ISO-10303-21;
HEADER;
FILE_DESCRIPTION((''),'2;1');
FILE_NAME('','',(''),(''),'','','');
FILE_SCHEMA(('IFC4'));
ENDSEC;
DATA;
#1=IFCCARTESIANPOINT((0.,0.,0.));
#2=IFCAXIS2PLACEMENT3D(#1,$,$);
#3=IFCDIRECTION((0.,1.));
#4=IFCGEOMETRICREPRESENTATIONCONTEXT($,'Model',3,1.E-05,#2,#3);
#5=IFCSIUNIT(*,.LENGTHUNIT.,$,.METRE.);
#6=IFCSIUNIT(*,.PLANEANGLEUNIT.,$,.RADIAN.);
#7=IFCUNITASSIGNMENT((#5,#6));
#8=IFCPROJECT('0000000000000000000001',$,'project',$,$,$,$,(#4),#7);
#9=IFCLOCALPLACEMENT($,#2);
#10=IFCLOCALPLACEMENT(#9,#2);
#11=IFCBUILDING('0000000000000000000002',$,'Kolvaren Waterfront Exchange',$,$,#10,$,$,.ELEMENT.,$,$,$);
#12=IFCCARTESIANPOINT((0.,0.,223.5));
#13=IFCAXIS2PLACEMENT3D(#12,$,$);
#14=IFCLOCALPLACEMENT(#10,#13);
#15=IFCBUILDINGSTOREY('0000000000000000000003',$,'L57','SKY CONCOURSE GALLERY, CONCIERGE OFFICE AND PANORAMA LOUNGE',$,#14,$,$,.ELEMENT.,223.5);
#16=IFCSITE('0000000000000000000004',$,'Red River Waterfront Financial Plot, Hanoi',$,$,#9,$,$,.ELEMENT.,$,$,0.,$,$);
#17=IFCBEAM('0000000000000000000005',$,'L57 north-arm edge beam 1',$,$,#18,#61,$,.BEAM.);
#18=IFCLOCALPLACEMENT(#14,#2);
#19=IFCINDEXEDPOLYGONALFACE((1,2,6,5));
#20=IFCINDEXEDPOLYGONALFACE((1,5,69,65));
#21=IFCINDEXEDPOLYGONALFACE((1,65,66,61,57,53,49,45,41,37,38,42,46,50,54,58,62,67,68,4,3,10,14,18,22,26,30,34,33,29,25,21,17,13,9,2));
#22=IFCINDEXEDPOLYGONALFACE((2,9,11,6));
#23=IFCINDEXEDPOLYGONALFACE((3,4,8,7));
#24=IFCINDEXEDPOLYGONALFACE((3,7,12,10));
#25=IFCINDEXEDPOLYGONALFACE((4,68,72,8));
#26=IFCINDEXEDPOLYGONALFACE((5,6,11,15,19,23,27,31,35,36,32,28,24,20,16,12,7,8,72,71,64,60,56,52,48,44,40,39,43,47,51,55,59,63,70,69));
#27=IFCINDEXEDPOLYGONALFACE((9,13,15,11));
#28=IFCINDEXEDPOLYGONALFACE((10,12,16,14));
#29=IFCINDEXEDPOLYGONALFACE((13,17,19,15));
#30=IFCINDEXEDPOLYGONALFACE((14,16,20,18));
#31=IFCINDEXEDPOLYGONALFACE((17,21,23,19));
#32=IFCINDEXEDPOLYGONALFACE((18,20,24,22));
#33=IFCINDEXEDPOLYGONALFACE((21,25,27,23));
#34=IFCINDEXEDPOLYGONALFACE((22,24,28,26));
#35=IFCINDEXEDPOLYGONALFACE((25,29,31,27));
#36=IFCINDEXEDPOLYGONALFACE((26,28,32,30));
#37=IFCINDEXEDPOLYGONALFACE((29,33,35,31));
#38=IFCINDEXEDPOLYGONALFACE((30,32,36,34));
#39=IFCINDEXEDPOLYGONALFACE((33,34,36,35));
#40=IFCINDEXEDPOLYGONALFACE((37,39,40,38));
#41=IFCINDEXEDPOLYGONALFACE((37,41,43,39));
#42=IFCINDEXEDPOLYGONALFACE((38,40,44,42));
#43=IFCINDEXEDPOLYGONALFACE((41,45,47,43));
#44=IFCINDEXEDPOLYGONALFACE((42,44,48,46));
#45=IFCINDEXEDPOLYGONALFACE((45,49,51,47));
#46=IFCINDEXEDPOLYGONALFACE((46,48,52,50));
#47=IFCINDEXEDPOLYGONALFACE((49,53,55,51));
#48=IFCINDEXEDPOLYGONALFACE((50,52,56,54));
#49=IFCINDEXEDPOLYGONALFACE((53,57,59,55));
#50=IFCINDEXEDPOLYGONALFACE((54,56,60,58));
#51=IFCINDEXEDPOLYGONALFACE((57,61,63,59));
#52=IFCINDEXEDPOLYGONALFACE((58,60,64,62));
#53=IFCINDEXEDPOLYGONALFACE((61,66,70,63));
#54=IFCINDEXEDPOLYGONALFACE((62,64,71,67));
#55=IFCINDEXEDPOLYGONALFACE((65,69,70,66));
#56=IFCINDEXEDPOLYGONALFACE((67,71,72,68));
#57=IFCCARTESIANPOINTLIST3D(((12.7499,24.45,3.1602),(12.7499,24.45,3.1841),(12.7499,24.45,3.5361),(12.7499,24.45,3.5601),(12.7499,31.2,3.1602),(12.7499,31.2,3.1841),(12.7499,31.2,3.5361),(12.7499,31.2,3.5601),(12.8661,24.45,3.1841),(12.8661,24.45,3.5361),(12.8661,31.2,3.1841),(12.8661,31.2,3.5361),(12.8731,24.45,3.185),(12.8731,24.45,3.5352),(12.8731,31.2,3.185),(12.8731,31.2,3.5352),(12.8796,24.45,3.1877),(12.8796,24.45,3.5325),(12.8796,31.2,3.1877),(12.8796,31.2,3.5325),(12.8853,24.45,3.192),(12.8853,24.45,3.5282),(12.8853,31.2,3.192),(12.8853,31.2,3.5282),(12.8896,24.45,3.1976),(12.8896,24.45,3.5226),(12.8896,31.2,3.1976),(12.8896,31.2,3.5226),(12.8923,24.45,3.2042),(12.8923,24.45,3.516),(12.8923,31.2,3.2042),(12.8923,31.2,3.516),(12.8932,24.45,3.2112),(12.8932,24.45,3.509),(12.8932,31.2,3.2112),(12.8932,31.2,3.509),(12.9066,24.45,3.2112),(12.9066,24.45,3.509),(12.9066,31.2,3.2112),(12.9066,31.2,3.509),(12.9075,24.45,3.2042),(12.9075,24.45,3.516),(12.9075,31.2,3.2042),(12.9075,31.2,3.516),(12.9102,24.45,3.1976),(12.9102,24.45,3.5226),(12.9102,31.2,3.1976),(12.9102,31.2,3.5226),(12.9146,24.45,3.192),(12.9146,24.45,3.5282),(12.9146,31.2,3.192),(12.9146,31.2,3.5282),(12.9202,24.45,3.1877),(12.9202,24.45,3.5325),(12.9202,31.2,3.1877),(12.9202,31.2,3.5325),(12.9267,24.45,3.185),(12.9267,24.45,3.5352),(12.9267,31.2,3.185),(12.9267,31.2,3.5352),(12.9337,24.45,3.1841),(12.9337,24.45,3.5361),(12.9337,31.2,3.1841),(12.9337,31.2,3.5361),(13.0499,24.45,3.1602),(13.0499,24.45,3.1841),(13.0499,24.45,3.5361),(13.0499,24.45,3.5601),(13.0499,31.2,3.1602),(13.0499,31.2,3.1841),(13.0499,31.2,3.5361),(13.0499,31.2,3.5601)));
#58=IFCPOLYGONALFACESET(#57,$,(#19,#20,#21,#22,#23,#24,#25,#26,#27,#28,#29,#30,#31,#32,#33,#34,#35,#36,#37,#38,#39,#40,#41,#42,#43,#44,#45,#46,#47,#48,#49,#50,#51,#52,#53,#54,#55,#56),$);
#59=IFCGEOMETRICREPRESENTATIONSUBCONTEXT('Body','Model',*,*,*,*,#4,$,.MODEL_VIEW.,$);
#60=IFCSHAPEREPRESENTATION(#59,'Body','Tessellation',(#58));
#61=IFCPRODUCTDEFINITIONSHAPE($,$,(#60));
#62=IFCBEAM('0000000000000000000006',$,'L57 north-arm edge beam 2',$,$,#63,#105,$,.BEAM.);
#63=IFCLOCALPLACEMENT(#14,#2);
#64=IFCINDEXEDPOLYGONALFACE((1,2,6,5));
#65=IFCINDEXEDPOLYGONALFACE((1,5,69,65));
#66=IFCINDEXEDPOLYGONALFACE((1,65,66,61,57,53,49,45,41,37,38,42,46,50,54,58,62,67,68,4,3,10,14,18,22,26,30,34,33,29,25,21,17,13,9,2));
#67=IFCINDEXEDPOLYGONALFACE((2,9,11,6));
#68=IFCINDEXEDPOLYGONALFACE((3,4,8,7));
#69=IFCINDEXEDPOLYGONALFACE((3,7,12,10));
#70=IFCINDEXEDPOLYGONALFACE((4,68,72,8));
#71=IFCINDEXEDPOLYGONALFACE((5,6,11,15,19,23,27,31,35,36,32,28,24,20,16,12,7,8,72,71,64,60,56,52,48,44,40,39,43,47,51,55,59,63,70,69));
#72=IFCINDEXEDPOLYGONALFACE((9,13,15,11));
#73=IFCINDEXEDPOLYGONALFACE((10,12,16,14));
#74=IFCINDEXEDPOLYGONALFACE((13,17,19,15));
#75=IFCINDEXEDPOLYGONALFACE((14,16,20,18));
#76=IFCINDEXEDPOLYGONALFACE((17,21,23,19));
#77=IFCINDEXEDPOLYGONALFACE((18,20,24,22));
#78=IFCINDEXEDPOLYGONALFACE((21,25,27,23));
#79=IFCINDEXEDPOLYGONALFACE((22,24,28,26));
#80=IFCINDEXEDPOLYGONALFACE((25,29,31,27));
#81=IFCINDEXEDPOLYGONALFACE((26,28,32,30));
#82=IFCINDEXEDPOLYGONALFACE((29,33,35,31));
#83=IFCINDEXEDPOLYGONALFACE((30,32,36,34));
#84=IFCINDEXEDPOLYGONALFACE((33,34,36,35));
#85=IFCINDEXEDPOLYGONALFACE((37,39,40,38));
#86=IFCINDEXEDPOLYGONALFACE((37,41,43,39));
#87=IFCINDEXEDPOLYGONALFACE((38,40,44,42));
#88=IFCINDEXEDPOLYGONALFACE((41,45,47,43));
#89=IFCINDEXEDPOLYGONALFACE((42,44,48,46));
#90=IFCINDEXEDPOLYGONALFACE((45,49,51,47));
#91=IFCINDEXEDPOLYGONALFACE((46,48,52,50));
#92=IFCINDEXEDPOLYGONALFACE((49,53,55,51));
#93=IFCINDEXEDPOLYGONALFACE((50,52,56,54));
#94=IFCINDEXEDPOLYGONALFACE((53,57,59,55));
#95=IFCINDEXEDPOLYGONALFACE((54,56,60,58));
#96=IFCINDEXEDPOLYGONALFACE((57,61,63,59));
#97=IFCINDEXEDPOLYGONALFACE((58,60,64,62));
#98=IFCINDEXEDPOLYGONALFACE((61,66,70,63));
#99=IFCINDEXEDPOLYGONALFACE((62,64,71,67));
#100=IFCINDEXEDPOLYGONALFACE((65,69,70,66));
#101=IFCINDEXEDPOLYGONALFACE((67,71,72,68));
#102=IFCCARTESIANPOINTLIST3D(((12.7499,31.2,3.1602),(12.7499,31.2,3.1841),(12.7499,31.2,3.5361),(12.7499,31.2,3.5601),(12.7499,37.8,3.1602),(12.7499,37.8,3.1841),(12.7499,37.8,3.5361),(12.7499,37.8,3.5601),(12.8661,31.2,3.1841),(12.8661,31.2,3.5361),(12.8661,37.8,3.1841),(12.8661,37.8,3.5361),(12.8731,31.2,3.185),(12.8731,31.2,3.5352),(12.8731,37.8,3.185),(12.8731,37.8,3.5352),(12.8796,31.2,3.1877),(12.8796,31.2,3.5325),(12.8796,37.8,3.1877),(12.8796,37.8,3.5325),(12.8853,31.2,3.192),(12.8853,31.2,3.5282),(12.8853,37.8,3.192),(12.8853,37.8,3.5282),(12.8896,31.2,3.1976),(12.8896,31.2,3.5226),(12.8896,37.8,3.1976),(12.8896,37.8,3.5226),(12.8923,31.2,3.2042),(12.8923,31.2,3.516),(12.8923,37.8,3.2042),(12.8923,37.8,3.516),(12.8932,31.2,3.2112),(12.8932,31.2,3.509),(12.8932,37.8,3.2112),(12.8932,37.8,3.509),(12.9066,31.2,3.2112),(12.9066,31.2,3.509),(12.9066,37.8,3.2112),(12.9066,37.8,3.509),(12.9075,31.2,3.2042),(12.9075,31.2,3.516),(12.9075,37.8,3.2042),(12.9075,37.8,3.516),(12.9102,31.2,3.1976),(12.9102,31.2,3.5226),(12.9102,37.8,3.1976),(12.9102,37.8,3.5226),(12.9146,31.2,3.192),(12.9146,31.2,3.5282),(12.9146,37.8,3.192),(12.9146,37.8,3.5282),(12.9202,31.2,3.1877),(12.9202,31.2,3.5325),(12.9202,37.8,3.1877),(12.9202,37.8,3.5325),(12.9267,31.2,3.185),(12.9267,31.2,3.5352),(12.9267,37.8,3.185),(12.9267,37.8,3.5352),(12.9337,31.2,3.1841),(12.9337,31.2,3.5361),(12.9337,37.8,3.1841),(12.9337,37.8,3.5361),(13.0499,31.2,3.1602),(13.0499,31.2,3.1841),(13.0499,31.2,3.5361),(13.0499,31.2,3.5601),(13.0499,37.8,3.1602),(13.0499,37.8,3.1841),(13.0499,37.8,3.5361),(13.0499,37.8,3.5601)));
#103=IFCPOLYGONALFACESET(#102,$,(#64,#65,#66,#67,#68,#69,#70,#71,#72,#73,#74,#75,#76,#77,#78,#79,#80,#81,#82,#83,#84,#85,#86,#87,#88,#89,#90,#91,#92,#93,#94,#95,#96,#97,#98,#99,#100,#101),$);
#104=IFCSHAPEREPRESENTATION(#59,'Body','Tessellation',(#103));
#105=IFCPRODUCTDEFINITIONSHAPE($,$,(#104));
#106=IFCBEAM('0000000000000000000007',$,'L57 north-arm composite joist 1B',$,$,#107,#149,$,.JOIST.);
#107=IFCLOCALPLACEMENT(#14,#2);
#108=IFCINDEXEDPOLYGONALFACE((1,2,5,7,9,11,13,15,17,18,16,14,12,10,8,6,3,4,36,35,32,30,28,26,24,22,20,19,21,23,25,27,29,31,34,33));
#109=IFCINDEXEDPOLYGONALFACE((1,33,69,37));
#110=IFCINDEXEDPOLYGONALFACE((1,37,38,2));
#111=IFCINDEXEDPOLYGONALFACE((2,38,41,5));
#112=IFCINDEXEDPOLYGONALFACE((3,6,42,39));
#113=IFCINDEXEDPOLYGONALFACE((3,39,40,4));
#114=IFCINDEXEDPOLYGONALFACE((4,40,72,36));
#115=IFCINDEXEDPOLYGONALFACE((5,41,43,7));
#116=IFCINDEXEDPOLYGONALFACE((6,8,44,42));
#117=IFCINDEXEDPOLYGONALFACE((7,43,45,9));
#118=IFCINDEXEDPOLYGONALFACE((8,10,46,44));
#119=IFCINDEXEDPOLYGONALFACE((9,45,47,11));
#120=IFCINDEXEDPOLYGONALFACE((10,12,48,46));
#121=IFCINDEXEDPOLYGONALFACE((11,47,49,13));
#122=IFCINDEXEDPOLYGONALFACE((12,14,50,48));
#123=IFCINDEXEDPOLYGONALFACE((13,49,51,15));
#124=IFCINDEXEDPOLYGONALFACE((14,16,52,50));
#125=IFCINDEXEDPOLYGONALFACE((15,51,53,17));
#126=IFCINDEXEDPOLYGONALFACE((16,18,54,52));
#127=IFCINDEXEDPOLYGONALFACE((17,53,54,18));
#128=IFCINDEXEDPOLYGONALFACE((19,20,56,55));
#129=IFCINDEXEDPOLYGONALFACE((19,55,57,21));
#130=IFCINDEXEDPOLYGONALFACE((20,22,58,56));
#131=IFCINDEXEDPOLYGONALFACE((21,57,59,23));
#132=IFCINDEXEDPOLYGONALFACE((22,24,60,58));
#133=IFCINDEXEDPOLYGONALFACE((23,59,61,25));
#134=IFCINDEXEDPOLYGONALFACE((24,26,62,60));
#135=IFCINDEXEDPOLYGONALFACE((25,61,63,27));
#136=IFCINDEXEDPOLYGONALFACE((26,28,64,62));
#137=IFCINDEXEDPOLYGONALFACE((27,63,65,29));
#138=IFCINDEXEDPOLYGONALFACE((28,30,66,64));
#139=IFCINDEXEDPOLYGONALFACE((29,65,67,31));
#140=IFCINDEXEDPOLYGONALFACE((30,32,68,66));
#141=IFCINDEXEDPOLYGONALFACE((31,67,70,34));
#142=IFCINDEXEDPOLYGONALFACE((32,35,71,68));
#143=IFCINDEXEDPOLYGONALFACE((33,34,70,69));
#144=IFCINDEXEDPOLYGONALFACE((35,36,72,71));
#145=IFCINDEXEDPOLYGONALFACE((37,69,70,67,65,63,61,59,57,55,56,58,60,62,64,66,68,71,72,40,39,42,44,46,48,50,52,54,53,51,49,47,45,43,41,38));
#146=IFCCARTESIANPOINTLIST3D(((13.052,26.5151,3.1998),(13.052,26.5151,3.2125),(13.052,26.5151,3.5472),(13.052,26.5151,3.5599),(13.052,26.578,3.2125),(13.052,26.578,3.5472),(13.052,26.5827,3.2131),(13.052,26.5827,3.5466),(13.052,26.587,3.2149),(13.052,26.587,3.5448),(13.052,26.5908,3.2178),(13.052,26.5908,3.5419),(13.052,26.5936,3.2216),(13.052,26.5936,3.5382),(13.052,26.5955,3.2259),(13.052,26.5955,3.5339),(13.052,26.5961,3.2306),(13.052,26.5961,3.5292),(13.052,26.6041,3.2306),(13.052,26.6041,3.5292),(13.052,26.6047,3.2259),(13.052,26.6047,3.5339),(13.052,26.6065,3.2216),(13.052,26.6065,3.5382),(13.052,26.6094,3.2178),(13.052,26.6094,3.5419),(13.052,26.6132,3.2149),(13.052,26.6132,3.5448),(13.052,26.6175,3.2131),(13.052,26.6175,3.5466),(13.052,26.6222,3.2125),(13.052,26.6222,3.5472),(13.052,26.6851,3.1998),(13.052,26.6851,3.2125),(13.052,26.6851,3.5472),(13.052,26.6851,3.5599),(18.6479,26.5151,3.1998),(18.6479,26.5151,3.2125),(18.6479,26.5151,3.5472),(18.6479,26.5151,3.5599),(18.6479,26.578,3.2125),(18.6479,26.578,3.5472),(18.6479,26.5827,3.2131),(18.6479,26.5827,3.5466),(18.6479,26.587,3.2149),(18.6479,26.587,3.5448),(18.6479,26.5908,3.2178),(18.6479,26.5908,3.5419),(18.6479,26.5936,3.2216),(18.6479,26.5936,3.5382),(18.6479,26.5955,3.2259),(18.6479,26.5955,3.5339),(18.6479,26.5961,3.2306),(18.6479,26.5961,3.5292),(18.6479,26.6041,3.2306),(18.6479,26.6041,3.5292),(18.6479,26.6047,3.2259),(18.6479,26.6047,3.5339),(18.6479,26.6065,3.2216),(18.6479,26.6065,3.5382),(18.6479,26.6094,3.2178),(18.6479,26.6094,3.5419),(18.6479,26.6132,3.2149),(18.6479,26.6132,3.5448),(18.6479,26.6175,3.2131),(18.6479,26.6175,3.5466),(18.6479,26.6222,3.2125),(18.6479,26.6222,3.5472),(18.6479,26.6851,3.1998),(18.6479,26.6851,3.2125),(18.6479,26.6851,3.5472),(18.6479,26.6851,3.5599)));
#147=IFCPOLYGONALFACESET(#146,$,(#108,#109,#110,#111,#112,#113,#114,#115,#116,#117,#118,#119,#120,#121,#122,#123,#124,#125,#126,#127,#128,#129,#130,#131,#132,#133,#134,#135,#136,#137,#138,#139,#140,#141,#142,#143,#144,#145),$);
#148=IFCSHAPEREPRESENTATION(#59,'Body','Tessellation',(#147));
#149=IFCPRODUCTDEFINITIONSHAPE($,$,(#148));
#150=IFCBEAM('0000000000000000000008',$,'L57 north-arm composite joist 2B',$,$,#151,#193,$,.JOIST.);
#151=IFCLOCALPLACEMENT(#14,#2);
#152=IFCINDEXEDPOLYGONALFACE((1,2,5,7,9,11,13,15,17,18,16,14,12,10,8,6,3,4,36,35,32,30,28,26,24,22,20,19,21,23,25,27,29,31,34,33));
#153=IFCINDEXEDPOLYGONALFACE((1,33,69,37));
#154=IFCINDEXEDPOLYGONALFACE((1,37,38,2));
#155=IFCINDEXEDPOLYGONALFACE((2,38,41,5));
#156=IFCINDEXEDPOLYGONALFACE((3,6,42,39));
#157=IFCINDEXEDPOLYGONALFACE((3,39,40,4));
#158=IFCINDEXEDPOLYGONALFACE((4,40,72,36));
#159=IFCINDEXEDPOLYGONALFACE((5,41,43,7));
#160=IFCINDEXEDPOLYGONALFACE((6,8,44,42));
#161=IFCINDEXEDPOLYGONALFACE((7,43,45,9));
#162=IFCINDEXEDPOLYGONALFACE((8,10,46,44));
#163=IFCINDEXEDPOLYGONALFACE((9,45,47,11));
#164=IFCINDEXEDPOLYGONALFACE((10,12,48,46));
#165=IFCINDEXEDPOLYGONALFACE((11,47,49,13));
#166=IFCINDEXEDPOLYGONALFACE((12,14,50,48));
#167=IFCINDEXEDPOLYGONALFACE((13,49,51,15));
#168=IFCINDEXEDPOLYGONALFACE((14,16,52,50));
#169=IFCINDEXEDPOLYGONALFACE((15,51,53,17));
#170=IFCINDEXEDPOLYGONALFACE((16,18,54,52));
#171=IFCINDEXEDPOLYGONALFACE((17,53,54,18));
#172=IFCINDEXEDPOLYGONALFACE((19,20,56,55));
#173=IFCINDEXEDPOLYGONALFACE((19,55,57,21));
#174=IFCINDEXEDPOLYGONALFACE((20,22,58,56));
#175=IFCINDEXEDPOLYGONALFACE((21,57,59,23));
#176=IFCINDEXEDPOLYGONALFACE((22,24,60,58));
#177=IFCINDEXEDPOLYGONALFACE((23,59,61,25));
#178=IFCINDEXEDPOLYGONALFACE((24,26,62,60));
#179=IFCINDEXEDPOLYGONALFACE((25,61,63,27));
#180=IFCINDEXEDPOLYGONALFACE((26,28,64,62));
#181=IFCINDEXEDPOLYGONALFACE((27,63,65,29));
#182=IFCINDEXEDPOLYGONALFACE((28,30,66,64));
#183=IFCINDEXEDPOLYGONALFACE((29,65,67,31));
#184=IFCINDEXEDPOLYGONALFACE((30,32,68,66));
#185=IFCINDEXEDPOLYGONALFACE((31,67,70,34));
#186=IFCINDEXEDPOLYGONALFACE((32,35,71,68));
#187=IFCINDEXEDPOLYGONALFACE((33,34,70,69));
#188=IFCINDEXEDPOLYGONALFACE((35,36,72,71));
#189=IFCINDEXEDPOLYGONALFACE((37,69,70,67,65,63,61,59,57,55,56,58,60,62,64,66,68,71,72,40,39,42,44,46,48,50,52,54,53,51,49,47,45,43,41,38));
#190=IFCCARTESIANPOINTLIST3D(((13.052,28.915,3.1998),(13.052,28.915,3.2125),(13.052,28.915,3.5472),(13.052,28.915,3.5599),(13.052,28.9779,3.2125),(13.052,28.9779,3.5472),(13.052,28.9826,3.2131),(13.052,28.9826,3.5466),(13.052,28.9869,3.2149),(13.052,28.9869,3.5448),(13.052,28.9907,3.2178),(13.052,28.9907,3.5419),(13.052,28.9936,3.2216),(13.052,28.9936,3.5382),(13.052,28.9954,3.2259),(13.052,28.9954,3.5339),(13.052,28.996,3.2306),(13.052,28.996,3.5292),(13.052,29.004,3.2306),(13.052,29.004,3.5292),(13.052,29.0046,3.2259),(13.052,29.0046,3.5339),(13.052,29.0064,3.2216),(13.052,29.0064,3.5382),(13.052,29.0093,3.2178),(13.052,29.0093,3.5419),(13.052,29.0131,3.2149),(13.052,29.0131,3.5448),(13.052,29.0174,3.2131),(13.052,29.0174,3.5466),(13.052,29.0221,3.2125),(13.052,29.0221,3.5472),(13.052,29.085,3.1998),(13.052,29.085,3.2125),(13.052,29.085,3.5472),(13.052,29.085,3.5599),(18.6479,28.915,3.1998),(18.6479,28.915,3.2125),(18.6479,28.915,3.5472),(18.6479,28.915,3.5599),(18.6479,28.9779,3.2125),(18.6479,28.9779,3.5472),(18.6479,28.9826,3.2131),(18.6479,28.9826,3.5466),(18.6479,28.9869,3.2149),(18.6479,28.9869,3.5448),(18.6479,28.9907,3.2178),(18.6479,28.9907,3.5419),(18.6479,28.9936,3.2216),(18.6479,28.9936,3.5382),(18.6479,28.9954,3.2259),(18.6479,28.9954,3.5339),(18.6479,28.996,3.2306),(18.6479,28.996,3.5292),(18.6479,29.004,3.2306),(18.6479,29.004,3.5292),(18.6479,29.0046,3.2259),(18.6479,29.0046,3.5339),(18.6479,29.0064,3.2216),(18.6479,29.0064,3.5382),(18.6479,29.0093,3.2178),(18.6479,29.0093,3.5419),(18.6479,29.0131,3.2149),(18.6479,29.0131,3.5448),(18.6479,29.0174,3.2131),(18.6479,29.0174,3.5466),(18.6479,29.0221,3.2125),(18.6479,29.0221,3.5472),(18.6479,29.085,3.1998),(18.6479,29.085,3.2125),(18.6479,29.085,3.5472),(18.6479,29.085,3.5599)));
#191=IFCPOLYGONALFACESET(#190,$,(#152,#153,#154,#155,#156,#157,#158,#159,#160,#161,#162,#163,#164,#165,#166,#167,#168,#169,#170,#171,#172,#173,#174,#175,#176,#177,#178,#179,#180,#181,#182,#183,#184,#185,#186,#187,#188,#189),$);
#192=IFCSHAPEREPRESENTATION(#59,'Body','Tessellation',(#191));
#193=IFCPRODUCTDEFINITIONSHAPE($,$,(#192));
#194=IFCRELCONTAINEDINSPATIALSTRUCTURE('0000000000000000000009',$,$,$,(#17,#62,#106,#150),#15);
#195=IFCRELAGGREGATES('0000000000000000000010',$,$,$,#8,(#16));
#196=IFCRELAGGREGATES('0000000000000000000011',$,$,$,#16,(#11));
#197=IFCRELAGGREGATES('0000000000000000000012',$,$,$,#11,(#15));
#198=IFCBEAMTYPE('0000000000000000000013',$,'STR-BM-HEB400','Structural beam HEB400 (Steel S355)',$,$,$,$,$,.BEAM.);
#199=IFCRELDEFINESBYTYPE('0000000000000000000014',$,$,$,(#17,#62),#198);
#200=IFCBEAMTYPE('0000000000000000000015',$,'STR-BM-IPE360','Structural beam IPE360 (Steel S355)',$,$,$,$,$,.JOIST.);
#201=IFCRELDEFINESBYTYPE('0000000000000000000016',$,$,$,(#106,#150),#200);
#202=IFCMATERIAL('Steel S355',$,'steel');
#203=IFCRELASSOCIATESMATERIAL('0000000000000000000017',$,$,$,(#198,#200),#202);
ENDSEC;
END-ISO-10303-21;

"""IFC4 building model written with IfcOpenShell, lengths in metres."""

from ifc_helpers import new_model, si_unit, direction, frame, origin, origin_2d, place, context, subcontext, project, spatial, i_section, extrude, material, material_profile, profile_set, type_object, element, save


model = new_model("IFC4")

# Units and contexts
model_context = context("Model", 3, precision=1e-05, world=origin(), true_north=direction((0.0, 1.0)))
body_context = subcontext(model_context, "Body", "Model", "MODEL_VIEW")
ifc_project = project(units=[si_unit("LENGTHUNIT", "METRE"), si_unit("PLANEANGLEUNIT", "RADIAN")], contexts=[model_context])

# Site, building, storey
site_placement = place(None, origin())
site = spatial("IfcSite", under=ifc_project, at=site_placement, Name="Red River Waterfront Financial Plot, Hanoi", CompositionType="ELEMENT", RefElevation=0.0)
building_placement = place(site_placement, origin())
building = spatial("IfcBuilding", under=site, at=building_placement, Name="Kolvaren Waterfront Exchange", CompositionType="ELEMENT")
storey_placement = place(building_placement, frame((0.0, 0.0, 223.5)))
storey = spatial("IfcBuildingStorey", under=building, at=storey_placement, Name="L57", Description="SKY CONCOURSE GALLERY, CONCIERGE OFFICE AND PANORAMA LOUNGE", CompositionType="ELEMENT", Elevation=223.5)

# Beams
ifc_material_1 = material(Name="Steel S355", Category="steel")
ifc_material_profile_1 = material_profile(ifc_material_1, i_section(OverallWidth=0.3, OverallDepth=0.3999, WebThickness=0.0134, FlangeThickness=0.0239, FilletRadius=0.0271, at=origin_2d()), Name="HEB400")
ifc_profile_set_1 = profile_set([ifc_material_profile_1], Name="Steel S355")
beam_type_1 = type_object("IfcBeamType", Name="STR-BM-HEB400", Description="Structural beam HEB400 (Steel S355)", PredefinedType="BEAM", material=ifc_profile_set_1)
beam_1_placement = place(storey_placement, frame((12.8999, 24.45, 3.3601), z_axis=(0.0, 1.0, 0.0), x_axis=(-1.0, 0.0, 0.0)))
element("IfcBeam", 1, at=beam_1_placement, inside=storey, type_object=beam_type_1, Name="L57 north-arm edge beam 1", PredefinedType="BEAM", context=body_context, shape_type="SweptSolid", body=[
    extrude(i_section(OverallWidth=0.3, OverallDepth=0.3999, WebThickness=0.0134, FlangeThickness=0.0239, FilletRadius=0.0271, at=origin_2d()), origin(), (0.0, 0.0, 1.0), 6.75),
])
beam_2_placement = place(storey_placement, frame((12.8999, 31.2, 3.3601), z_axis=(0.0, 1.0, 0.0), x_axis=(-1.0, 0.0, 0.0)))
element("IfcBeam", 2, at=beam_2_placement, inside=storey, type_object=beam_type_1, Name="L57 north-arm edge beam 2", PredefinedType="BEAM", context=body_context, shape_type="SweptSolid", body=[
    extrude(i_section(OverallWidth=0.3, OverallDepth=0.3999, WebThickness=0.0134, FlangeThickness=0.0239, FilletRadius=0.0271, at=origin_2d()), origin(), (0.0, 0.0, 1.0), 6.6001),
])
ifc_material_profile_2 = material_profile(ifc_material_1, i_section(OverallWidth=0.1699, OverallDepth=0.3601, WebThickness=0.0081, FlangeThickness=0.0127, FilletRadius=0.0181, at=origin_2d()), Name="IPE360")
ifc_profile_set_2 = profile_set([ifc_material_profile_2], Name="Steel S355")
beam_type_2 = type_object("IfcBeamType", Name="STR-BM-IPE360", Description="Structural beam IPE360 (Steel S355)", PredefinedType="JOIST", material=ifc_profile_set_2)
for number, where, z_axis, x_axis, name in (
    (3, (13.052, 26.6001, 3.3799), (1.0, 0.0, 0.0), (0.0, 1.0, 0.0), "L57 north-arm composite joist 1B"),
    (4, (13.052, 29.0, 3.3799), (1.0, 0.0, 0.0), (0.0, 1.0, 0.0), "L57 north-arm composite joist 2B"),
):
    element("IfcBeam", number, at=place(storey_placement, frame(where, z_axis=z_axis, x_axis=x_axis)), inside=storey, type_object=beam_type_2, Name=name, PredefinedType="JOIST", context=body_context, shape_type="SweptSolid", body=[
        extrude(i_section(OverallWidth=0.1699, OverallDepth=0.3601, WebThickness=0.0081, FlangeThickness=0.0127, FilletRadius=0.0181, at=origin_2d()), origin(), (0.0, 0.0, 1.0), 5.5959),
    ])

save(model, "model.ifc")
